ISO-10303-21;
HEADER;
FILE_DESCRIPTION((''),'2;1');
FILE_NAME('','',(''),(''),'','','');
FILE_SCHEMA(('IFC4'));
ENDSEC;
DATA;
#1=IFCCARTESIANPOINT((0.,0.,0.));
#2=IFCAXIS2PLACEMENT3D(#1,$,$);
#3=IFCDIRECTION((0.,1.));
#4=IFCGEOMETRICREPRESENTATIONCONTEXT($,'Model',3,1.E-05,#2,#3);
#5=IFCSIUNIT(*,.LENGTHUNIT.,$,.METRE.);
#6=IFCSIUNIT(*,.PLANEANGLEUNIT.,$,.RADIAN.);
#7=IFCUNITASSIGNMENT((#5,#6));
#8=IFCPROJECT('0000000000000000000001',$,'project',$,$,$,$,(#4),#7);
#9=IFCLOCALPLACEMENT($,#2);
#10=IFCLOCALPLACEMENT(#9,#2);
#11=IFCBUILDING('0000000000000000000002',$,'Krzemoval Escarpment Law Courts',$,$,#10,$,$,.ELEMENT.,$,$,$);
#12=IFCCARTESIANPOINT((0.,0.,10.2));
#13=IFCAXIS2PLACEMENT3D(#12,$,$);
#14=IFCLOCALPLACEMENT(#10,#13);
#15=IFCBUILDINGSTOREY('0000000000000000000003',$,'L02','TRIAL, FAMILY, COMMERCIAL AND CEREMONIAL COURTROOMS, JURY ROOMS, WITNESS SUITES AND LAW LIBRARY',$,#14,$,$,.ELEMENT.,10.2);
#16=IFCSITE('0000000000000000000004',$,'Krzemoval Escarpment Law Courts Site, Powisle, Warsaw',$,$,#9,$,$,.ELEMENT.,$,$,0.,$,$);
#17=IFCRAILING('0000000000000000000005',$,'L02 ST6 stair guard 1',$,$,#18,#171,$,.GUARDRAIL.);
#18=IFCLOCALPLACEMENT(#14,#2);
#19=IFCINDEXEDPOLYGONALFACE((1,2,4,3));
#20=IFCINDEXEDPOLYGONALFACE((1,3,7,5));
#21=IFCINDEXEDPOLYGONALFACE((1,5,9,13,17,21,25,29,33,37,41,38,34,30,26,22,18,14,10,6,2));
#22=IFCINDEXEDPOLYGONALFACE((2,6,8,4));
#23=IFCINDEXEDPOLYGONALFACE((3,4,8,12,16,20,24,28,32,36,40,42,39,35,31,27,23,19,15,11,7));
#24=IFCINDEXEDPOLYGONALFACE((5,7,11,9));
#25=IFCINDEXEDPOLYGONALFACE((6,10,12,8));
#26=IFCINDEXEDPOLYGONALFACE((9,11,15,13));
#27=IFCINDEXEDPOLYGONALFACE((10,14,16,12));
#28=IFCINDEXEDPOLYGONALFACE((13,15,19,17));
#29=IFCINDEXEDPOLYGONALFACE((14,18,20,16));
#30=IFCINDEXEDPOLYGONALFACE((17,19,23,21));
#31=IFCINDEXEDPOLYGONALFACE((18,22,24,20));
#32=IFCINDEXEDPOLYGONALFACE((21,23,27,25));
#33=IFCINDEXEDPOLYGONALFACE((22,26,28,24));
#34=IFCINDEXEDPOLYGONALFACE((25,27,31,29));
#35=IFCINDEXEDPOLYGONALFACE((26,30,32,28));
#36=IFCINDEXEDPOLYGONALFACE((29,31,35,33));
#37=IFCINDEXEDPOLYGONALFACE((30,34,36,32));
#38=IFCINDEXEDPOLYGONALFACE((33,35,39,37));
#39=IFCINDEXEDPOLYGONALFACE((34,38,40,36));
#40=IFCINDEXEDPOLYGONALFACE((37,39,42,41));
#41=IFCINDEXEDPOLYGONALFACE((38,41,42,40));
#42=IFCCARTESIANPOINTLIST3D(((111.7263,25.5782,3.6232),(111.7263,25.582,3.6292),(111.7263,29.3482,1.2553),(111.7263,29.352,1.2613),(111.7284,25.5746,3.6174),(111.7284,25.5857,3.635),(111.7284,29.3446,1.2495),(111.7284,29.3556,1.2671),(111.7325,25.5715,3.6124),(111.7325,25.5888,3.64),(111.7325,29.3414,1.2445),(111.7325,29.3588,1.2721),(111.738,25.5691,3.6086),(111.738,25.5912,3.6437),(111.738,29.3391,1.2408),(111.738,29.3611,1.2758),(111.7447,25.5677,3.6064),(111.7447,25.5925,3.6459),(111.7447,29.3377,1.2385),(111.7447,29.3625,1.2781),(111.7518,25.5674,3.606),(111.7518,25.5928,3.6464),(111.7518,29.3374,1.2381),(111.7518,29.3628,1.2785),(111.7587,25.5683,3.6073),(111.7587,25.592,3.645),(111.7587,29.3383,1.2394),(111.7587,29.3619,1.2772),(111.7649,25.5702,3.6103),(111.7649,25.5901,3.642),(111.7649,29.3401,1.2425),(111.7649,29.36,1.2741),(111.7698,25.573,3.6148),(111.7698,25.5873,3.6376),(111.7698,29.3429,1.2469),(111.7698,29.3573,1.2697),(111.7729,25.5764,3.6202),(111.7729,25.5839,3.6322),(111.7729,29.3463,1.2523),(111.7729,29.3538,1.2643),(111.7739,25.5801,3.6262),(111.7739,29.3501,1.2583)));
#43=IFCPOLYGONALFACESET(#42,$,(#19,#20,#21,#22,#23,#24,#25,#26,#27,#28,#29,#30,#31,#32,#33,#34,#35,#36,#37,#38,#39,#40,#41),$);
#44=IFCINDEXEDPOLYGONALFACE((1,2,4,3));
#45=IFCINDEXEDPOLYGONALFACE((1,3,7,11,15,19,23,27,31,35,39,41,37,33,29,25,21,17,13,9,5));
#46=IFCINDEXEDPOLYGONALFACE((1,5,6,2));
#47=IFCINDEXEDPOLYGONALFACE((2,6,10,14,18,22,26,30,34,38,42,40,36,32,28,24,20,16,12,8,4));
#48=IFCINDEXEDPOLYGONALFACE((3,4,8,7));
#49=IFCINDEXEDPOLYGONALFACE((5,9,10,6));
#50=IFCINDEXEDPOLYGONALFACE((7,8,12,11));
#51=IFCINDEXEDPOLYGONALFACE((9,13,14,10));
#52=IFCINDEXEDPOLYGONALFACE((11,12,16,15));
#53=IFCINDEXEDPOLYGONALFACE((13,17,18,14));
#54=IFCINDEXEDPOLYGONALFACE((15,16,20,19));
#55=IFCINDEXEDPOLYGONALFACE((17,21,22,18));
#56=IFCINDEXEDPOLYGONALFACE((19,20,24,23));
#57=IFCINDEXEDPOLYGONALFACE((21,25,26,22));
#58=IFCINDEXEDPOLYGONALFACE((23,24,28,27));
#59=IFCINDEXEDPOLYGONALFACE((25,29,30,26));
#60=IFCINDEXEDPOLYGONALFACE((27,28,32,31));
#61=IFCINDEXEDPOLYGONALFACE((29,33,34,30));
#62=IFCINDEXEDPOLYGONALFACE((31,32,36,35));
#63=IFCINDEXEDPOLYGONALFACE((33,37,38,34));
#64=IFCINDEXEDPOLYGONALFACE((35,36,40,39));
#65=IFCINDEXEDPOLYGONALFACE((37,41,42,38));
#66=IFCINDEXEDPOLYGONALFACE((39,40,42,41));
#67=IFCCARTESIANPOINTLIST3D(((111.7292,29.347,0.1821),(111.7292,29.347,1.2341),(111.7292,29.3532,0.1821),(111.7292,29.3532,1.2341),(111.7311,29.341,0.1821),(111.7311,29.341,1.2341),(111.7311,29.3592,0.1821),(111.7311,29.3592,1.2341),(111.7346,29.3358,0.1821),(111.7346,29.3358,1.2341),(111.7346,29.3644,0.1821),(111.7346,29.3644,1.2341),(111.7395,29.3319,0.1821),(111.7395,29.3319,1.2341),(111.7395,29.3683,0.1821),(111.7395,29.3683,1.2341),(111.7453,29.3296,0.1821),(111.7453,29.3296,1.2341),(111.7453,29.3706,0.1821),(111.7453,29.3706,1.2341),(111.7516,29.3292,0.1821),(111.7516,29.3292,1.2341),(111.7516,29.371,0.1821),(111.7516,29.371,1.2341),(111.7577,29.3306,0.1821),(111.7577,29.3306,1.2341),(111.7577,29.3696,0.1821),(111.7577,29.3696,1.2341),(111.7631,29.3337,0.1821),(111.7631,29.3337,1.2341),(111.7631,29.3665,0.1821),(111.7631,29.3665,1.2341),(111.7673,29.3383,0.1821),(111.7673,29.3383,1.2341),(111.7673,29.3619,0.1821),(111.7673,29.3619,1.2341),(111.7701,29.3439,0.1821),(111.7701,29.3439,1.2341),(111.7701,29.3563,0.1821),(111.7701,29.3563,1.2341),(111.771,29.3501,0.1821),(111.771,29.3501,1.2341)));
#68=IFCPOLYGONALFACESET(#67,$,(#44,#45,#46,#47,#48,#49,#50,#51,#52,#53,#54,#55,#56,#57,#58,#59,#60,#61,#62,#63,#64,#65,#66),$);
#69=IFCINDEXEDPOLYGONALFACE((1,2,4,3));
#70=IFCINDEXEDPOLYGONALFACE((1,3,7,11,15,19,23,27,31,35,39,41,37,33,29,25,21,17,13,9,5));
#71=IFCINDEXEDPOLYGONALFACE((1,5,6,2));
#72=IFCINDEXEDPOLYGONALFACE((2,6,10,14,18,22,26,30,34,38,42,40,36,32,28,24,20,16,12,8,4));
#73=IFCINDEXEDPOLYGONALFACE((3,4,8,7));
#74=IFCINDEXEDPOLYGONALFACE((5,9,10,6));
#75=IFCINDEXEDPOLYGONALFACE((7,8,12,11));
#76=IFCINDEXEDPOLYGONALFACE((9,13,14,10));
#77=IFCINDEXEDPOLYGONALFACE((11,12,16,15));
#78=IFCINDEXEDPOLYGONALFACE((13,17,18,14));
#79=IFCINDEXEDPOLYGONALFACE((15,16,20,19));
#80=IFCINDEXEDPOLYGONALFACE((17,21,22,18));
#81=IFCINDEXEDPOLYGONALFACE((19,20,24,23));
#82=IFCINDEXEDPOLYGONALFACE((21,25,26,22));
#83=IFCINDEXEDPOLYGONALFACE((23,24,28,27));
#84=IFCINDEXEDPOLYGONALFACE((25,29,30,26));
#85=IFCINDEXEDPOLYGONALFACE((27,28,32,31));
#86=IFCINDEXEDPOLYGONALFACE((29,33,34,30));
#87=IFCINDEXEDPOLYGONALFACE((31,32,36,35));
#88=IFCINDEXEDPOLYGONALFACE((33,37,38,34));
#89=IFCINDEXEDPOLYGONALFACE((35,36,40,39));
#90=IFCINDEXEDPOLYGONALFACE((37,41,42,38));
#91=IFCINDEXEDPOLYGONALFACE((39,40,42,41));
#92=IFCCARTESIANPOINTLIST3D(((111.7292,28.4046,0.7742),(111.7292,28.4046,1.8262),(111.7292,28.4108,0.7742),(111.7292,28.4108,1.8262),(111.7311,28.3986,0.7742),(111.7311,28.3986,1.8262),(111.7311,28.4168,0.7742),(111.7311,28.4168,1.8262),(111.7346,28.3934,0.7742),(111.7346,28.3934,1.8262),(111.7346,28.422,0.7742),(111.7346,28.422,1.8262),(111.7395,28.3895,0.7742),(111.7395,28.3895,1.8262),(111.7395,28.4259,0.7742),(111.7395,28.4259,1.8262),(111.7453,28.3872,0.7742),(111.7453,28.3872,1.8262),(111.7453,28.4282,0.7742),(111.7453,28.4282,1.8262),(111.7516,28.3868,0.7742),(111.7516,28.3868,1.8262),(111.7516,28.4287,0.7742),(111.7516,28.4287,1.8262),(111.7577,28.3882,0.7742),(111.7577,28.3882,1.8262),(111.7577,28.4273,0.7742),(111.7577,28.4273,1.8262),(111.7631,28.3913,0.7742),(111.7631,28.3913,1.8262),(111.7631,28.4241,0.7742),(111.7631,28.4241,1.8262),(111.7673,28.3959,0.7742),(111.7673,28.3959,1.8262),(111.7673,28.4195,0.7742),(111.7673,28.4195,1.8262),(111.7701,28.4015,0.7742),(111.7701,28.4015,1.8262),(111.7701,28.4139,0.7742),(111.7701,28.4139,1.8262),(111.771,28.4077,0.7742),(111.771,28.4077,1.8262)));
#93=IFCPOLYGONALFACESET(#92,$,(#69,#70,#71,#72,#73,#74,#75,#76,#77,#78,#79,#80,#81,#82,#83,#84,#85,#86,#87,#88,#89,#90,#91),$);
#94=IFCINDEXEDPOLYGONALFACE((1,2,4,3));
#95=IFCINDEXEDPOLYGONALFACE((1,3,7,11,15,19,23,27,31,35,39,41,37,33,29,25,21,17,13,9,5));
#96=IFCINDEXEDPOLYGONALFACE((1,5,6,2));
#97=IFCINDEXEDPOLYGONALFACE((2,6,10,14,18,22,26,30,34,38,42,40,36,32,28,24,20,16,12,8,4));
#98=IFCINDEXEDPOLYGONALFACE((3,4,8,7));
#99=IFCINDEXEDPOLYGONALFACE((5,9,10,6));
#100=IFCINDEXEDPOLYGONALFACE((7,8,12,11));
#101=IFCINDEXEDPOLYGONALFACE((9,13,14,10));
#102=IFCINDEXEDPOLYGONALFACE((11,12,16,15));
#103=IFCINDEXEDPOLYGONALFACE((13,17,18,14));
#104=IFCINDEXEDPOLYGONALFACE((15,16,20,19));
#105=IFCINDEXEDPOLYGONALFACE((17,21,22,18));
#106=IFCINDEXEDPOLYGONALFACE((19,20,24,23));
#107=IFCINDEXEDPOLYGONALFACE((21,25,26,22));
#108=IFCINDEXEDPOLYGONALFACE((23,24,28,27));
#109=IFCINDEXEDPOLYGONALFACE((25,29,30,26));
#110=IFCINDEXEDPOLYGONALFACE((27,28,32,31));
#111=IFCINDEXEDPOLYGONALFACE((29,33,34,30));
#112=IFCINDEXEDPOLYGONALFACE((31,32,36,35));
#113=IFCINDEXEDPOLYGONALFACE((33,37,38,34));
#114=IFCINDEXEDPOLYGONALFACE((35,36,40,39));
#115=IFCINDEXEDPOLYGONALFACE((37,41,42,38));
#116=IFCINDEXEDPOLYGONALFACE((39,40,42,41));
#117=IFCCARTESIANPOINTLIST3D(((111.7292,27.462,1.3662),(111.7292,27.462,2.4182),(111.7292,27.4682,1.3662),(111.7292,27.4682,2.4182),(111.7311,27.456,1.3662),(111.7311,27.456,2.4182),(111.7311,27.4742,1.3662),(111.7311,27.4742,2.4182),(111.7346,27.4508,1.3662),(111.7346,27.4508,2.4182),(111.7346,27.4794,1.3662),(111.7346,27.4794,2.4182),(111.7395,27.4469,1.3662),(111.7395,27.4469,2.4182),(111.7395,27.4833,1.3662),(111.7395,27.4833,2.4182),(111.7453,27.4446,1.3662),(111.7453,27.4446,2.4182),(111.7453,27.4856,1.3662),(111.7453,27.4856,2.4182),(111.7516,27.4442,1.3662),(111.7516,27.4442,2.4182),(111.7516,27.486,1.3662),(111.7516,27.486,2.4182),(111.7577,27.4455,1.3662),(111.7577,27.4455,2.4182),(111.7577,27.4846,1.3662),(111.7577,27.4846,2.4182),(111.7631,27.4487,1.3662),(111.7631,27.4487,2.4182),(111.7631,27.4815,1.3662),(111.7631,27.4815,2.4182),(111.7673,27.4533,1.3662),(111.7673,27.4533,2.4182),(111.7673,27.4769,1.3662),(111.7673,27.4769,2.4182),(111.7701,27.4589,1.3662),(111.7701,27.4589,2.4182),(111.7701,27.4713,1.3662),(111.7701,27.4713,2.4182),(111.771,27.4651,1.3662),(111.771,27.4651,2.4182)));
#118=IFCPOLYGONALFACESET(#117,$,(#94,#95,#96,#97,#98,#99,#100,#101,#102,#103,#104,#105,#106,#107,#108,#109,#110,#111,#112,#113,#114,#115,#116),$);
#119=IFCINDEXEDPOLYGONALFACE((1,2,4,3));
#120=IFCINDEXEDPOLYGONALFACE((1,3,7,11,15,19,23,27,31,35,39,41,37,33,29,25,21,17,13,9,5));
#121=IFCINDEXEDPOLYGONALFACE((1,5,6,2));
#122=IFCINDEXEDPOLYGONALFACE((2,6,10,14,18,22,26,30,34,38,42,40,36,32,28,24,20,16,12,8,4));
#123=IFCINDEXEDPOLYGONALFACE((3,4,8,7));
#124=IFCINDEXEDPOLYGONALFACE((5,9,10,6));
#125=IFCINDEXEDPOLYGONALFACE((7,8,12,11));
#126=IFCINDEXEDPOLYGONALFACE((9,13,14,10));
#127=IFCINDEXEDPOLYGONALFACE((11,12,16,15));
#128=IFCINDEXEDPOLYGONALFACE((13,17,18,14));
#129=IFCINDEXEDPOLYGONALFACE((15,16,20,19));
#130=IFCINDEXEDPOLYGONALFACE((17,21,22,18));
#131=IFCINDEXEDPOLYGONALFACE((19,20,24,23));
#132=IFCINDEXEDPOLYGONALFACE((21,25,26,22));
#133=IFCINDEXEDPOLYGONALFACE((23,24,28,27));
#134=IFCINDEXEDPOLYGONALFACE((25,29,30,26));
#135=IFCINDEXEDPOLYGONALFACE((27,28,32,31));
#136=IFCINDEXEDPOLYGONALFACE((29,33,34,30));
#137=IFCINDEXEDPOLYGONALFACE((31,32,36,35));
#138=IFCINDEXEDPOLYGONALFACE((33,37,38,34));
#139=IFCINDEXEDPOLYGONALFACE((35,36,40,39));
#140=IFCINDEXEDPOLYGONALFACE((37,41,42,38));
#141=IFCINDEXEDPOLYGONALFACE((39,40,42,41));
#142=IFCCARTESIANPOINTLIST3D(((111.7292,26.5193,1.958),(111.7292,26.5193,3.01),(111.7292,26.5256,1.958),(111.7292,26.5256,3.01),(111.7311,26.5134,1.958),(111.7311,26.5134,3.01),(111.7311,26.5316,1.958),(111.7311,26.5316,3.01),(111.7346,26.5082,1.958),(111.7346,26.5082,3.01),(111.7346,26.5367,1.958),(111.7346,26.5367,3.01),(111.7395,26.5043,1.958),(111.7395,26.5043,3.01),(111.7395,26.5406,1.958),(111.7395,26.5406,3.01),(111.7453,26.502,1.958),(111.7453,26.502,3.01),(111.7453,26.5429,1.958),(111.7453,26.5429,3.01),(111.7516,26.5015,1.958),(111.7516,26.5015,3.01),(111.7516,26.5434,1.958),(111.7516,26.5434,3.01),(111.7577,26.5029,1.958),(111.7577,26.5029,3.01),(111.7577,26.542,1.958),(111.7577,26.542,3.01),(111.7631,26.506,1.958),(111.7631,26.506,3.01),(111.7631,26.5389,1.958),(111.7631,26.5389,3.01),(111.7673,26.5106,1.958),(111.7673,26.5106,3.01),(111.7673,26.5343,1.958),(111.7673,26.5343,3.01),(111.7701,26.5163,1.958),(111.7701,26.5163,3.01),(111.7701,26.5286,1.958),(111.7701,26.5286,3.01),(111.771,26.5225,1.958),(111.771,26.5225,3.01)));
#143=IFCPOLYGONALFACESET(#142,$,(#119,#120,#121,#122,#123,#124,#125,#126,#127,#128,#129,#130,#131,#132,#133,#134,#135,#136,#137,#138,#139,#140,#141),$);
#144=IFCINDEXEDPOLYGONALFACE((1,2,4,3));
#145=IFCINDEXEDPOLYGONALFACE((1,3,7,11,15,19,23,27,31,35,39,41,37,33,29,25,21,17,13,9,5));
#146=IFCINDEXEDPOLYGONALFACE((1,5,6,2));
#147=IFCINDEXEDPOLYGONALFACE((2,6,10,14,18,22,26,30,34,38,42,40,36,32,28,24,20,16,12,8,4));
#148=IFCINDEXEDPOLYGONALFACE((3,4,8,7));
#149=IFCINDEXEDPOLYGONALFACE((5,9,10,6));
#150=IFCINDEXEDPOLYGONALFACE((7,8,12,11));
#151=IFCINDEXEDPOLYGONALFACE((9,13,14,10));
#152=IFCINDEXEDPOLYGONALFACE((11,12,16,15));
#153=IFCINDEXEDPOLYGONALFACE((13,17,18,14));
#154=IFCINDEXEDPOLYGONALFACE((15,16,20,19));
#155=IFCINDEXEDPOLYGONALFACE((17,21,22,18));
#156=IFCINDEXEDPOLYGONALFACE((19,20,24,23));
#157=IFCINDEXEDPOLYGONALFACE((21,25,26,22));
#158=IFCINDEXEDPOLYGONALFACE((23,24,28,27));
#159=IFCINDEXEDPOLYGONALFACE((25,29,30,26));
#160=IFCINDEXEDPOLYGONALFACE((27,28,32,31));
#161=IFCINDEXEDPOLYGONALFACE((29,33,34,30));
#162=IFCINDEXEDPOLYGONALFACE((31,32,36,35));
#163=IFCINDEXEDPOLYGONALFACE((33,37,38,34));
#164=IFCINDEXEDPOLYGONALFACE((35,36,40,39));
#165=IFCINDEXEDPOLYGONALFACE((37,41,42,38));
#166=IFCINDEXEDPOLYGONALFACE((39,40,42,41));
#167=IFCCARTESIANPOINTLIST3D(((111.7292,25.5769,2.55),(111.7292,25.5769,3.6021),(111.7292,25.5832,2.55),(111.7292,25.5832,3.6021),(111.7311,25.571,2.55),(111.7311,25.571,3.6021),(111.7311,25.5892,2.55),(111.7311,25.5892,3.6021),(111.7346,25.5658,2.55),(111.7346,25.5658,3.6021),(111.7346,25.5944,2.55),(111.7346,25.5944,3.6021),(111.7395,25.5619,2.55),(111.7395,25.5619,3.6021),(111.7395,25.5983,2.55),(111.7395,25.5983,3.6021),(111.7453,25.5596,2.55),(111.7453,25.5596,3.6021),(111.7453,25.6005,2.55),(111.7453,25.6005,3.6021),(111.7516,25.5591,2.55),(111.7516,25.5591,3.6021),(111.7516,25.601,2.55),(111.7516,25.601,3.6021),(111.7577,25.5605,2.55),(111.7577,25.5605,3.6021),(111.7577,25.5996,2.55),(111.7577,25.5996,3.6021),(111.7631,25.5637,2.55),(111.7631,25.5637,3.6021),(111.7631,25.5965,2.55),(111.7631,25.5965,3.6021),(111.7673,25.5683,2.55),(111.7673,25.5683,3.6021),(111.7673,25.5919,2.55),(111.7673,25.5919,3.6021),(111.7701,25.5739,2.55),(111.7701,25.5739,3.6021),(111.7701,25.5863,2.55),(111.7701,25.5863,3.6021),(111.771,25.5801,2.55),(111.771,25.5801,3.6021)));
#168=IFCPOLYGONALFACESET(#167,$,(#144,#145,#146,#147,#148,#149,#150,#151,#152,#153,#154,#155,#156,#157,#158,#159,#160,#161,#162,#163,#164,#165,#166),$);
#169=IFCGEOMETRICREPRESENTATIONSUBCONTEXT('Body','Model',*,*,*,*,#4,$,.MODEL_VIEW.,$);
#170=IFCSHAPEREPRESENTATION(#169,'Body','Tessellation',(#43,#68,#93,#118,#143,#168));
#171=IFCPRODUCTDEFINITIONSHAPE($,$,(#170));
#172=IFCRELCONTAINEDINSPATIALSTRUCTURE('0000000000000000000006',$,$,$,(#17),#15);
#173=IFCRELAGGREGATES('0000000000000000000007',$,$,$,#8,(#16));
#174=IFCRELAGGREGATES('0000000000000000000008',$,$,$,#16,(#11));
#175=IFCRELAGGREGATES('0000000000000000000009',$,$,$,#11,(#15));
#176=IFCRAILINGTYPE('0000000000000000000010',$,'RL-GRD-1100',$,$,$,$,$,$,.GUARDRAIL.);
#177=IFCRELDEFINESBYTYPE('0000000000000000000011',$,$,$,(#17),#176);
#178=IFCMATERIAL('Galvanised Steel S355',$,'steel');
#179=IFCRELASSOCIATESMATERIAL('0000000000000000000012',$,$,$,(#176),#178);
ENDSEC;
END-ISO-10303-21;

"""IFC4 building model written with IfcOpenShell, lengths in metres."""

from ifc_helpers import new_model, si_unit, direction, frame, origin, origin_2d, place, context, subcontext, project, spatial, circle, extrude, material, type_object, element, save


model = new_model("IFC4")

# Units and contexts
model_context = context("Model", 3, precision=1e-05, world=origin(), true_north=direction((0.0, 1.0)))
body_context = subcontext(model_context, "Body", "Model", "MODEL_VIEW")
ifc_project = project(units=[si_unit("LENGTHUNIT", "METRE"), si_unit("PLANEANGLEUNIT", "RADIAN")], contexts=[model_context])

# Site, building, storey
site_placement = place(None, origin())
site = spatial("IfcSite", under=ifc_project, at=site_placement, Name="Krzemoval Escarpment Law Courts Site, Powisle, Warsaw", CompositionType="ELEMENT", RefElevation=0.0)
building_placement = place(site_placement, origin())
building = spatial("IfcBuilding", under=site, at=building_placement, Name="Krzemoval Escarpment Law Courts", CompositionType="ELEMENT")
storey_placement = place(building_placement, frame((0.0, 0.0, 10.2)))
storey = spatial("IfcBuildingStorey", under=building, at=storey_placement, Name="L02", Description="TRIAL, FAMILY, COMMERCIAL AND CEREMONIAL COURTROOMS, JURY ROOMS, WITNESS SUITES AND LAW LIBRARY", CompositionType="ELEMENT", Elevation=10.2)

# Railing
ifc_material_1 = material(Name="Galvanised Steel S355", Category="steel")
railing_type = type_object("IfcRailingType", Name="RL-GRD-1100", PredefinedType="GUARDRAIL", material=ifc_material_1)
railing_1_placement = place(storey_placement, frame((111.75, 29.3501, 0.1821)))
element("IfcRailing", 1, at=railing_1_placement, inside=storey, type_object=railing_type, Name="L02 ST6 stair guard 1", PredefinedType="GUARDRAIL", context=body_context, shape_type="SweptSolid", body=[
    extrude(circle(Radius=0.0239, at=origin_2d()), frame((0.0, 0.0, 1.0762), z_axis=(0.0, -0.846819, 0.531881), x_axis=(1.0, 0.0, 0.0)), (0.0, 0.0, 1.0), 4.4519),
    extrude(circle(Radius=0.021, at=origin_2d()), origin(), (0.0, 0.0, 1.0), 1.052),
    extrude(circle(Radius=0.021, at=origin_2d()), frame((0.0, -0.9424, 0.592)), (0.0, 0.0, 1.0), 1.052),
    extrude(circle(Radius=0.021, at=origin_2d()), frame((0.0, -1.885, 1.1841)), (0.0, 0.0, 1.0), 1.052),
    extrude(circle(Radius=0.021, at=origin_2d()), frame((0.0, -2.8276, 1.7759)), (0.0, 0.0, 1.0), 1.052),
    extrude(circle(Radius=0.021, at=origin_2d()), frame((0.0, -3.77, 2.3679)), (0.0, 0.0, 1.0), 1.052),
])

save(model, "model.ifc")
